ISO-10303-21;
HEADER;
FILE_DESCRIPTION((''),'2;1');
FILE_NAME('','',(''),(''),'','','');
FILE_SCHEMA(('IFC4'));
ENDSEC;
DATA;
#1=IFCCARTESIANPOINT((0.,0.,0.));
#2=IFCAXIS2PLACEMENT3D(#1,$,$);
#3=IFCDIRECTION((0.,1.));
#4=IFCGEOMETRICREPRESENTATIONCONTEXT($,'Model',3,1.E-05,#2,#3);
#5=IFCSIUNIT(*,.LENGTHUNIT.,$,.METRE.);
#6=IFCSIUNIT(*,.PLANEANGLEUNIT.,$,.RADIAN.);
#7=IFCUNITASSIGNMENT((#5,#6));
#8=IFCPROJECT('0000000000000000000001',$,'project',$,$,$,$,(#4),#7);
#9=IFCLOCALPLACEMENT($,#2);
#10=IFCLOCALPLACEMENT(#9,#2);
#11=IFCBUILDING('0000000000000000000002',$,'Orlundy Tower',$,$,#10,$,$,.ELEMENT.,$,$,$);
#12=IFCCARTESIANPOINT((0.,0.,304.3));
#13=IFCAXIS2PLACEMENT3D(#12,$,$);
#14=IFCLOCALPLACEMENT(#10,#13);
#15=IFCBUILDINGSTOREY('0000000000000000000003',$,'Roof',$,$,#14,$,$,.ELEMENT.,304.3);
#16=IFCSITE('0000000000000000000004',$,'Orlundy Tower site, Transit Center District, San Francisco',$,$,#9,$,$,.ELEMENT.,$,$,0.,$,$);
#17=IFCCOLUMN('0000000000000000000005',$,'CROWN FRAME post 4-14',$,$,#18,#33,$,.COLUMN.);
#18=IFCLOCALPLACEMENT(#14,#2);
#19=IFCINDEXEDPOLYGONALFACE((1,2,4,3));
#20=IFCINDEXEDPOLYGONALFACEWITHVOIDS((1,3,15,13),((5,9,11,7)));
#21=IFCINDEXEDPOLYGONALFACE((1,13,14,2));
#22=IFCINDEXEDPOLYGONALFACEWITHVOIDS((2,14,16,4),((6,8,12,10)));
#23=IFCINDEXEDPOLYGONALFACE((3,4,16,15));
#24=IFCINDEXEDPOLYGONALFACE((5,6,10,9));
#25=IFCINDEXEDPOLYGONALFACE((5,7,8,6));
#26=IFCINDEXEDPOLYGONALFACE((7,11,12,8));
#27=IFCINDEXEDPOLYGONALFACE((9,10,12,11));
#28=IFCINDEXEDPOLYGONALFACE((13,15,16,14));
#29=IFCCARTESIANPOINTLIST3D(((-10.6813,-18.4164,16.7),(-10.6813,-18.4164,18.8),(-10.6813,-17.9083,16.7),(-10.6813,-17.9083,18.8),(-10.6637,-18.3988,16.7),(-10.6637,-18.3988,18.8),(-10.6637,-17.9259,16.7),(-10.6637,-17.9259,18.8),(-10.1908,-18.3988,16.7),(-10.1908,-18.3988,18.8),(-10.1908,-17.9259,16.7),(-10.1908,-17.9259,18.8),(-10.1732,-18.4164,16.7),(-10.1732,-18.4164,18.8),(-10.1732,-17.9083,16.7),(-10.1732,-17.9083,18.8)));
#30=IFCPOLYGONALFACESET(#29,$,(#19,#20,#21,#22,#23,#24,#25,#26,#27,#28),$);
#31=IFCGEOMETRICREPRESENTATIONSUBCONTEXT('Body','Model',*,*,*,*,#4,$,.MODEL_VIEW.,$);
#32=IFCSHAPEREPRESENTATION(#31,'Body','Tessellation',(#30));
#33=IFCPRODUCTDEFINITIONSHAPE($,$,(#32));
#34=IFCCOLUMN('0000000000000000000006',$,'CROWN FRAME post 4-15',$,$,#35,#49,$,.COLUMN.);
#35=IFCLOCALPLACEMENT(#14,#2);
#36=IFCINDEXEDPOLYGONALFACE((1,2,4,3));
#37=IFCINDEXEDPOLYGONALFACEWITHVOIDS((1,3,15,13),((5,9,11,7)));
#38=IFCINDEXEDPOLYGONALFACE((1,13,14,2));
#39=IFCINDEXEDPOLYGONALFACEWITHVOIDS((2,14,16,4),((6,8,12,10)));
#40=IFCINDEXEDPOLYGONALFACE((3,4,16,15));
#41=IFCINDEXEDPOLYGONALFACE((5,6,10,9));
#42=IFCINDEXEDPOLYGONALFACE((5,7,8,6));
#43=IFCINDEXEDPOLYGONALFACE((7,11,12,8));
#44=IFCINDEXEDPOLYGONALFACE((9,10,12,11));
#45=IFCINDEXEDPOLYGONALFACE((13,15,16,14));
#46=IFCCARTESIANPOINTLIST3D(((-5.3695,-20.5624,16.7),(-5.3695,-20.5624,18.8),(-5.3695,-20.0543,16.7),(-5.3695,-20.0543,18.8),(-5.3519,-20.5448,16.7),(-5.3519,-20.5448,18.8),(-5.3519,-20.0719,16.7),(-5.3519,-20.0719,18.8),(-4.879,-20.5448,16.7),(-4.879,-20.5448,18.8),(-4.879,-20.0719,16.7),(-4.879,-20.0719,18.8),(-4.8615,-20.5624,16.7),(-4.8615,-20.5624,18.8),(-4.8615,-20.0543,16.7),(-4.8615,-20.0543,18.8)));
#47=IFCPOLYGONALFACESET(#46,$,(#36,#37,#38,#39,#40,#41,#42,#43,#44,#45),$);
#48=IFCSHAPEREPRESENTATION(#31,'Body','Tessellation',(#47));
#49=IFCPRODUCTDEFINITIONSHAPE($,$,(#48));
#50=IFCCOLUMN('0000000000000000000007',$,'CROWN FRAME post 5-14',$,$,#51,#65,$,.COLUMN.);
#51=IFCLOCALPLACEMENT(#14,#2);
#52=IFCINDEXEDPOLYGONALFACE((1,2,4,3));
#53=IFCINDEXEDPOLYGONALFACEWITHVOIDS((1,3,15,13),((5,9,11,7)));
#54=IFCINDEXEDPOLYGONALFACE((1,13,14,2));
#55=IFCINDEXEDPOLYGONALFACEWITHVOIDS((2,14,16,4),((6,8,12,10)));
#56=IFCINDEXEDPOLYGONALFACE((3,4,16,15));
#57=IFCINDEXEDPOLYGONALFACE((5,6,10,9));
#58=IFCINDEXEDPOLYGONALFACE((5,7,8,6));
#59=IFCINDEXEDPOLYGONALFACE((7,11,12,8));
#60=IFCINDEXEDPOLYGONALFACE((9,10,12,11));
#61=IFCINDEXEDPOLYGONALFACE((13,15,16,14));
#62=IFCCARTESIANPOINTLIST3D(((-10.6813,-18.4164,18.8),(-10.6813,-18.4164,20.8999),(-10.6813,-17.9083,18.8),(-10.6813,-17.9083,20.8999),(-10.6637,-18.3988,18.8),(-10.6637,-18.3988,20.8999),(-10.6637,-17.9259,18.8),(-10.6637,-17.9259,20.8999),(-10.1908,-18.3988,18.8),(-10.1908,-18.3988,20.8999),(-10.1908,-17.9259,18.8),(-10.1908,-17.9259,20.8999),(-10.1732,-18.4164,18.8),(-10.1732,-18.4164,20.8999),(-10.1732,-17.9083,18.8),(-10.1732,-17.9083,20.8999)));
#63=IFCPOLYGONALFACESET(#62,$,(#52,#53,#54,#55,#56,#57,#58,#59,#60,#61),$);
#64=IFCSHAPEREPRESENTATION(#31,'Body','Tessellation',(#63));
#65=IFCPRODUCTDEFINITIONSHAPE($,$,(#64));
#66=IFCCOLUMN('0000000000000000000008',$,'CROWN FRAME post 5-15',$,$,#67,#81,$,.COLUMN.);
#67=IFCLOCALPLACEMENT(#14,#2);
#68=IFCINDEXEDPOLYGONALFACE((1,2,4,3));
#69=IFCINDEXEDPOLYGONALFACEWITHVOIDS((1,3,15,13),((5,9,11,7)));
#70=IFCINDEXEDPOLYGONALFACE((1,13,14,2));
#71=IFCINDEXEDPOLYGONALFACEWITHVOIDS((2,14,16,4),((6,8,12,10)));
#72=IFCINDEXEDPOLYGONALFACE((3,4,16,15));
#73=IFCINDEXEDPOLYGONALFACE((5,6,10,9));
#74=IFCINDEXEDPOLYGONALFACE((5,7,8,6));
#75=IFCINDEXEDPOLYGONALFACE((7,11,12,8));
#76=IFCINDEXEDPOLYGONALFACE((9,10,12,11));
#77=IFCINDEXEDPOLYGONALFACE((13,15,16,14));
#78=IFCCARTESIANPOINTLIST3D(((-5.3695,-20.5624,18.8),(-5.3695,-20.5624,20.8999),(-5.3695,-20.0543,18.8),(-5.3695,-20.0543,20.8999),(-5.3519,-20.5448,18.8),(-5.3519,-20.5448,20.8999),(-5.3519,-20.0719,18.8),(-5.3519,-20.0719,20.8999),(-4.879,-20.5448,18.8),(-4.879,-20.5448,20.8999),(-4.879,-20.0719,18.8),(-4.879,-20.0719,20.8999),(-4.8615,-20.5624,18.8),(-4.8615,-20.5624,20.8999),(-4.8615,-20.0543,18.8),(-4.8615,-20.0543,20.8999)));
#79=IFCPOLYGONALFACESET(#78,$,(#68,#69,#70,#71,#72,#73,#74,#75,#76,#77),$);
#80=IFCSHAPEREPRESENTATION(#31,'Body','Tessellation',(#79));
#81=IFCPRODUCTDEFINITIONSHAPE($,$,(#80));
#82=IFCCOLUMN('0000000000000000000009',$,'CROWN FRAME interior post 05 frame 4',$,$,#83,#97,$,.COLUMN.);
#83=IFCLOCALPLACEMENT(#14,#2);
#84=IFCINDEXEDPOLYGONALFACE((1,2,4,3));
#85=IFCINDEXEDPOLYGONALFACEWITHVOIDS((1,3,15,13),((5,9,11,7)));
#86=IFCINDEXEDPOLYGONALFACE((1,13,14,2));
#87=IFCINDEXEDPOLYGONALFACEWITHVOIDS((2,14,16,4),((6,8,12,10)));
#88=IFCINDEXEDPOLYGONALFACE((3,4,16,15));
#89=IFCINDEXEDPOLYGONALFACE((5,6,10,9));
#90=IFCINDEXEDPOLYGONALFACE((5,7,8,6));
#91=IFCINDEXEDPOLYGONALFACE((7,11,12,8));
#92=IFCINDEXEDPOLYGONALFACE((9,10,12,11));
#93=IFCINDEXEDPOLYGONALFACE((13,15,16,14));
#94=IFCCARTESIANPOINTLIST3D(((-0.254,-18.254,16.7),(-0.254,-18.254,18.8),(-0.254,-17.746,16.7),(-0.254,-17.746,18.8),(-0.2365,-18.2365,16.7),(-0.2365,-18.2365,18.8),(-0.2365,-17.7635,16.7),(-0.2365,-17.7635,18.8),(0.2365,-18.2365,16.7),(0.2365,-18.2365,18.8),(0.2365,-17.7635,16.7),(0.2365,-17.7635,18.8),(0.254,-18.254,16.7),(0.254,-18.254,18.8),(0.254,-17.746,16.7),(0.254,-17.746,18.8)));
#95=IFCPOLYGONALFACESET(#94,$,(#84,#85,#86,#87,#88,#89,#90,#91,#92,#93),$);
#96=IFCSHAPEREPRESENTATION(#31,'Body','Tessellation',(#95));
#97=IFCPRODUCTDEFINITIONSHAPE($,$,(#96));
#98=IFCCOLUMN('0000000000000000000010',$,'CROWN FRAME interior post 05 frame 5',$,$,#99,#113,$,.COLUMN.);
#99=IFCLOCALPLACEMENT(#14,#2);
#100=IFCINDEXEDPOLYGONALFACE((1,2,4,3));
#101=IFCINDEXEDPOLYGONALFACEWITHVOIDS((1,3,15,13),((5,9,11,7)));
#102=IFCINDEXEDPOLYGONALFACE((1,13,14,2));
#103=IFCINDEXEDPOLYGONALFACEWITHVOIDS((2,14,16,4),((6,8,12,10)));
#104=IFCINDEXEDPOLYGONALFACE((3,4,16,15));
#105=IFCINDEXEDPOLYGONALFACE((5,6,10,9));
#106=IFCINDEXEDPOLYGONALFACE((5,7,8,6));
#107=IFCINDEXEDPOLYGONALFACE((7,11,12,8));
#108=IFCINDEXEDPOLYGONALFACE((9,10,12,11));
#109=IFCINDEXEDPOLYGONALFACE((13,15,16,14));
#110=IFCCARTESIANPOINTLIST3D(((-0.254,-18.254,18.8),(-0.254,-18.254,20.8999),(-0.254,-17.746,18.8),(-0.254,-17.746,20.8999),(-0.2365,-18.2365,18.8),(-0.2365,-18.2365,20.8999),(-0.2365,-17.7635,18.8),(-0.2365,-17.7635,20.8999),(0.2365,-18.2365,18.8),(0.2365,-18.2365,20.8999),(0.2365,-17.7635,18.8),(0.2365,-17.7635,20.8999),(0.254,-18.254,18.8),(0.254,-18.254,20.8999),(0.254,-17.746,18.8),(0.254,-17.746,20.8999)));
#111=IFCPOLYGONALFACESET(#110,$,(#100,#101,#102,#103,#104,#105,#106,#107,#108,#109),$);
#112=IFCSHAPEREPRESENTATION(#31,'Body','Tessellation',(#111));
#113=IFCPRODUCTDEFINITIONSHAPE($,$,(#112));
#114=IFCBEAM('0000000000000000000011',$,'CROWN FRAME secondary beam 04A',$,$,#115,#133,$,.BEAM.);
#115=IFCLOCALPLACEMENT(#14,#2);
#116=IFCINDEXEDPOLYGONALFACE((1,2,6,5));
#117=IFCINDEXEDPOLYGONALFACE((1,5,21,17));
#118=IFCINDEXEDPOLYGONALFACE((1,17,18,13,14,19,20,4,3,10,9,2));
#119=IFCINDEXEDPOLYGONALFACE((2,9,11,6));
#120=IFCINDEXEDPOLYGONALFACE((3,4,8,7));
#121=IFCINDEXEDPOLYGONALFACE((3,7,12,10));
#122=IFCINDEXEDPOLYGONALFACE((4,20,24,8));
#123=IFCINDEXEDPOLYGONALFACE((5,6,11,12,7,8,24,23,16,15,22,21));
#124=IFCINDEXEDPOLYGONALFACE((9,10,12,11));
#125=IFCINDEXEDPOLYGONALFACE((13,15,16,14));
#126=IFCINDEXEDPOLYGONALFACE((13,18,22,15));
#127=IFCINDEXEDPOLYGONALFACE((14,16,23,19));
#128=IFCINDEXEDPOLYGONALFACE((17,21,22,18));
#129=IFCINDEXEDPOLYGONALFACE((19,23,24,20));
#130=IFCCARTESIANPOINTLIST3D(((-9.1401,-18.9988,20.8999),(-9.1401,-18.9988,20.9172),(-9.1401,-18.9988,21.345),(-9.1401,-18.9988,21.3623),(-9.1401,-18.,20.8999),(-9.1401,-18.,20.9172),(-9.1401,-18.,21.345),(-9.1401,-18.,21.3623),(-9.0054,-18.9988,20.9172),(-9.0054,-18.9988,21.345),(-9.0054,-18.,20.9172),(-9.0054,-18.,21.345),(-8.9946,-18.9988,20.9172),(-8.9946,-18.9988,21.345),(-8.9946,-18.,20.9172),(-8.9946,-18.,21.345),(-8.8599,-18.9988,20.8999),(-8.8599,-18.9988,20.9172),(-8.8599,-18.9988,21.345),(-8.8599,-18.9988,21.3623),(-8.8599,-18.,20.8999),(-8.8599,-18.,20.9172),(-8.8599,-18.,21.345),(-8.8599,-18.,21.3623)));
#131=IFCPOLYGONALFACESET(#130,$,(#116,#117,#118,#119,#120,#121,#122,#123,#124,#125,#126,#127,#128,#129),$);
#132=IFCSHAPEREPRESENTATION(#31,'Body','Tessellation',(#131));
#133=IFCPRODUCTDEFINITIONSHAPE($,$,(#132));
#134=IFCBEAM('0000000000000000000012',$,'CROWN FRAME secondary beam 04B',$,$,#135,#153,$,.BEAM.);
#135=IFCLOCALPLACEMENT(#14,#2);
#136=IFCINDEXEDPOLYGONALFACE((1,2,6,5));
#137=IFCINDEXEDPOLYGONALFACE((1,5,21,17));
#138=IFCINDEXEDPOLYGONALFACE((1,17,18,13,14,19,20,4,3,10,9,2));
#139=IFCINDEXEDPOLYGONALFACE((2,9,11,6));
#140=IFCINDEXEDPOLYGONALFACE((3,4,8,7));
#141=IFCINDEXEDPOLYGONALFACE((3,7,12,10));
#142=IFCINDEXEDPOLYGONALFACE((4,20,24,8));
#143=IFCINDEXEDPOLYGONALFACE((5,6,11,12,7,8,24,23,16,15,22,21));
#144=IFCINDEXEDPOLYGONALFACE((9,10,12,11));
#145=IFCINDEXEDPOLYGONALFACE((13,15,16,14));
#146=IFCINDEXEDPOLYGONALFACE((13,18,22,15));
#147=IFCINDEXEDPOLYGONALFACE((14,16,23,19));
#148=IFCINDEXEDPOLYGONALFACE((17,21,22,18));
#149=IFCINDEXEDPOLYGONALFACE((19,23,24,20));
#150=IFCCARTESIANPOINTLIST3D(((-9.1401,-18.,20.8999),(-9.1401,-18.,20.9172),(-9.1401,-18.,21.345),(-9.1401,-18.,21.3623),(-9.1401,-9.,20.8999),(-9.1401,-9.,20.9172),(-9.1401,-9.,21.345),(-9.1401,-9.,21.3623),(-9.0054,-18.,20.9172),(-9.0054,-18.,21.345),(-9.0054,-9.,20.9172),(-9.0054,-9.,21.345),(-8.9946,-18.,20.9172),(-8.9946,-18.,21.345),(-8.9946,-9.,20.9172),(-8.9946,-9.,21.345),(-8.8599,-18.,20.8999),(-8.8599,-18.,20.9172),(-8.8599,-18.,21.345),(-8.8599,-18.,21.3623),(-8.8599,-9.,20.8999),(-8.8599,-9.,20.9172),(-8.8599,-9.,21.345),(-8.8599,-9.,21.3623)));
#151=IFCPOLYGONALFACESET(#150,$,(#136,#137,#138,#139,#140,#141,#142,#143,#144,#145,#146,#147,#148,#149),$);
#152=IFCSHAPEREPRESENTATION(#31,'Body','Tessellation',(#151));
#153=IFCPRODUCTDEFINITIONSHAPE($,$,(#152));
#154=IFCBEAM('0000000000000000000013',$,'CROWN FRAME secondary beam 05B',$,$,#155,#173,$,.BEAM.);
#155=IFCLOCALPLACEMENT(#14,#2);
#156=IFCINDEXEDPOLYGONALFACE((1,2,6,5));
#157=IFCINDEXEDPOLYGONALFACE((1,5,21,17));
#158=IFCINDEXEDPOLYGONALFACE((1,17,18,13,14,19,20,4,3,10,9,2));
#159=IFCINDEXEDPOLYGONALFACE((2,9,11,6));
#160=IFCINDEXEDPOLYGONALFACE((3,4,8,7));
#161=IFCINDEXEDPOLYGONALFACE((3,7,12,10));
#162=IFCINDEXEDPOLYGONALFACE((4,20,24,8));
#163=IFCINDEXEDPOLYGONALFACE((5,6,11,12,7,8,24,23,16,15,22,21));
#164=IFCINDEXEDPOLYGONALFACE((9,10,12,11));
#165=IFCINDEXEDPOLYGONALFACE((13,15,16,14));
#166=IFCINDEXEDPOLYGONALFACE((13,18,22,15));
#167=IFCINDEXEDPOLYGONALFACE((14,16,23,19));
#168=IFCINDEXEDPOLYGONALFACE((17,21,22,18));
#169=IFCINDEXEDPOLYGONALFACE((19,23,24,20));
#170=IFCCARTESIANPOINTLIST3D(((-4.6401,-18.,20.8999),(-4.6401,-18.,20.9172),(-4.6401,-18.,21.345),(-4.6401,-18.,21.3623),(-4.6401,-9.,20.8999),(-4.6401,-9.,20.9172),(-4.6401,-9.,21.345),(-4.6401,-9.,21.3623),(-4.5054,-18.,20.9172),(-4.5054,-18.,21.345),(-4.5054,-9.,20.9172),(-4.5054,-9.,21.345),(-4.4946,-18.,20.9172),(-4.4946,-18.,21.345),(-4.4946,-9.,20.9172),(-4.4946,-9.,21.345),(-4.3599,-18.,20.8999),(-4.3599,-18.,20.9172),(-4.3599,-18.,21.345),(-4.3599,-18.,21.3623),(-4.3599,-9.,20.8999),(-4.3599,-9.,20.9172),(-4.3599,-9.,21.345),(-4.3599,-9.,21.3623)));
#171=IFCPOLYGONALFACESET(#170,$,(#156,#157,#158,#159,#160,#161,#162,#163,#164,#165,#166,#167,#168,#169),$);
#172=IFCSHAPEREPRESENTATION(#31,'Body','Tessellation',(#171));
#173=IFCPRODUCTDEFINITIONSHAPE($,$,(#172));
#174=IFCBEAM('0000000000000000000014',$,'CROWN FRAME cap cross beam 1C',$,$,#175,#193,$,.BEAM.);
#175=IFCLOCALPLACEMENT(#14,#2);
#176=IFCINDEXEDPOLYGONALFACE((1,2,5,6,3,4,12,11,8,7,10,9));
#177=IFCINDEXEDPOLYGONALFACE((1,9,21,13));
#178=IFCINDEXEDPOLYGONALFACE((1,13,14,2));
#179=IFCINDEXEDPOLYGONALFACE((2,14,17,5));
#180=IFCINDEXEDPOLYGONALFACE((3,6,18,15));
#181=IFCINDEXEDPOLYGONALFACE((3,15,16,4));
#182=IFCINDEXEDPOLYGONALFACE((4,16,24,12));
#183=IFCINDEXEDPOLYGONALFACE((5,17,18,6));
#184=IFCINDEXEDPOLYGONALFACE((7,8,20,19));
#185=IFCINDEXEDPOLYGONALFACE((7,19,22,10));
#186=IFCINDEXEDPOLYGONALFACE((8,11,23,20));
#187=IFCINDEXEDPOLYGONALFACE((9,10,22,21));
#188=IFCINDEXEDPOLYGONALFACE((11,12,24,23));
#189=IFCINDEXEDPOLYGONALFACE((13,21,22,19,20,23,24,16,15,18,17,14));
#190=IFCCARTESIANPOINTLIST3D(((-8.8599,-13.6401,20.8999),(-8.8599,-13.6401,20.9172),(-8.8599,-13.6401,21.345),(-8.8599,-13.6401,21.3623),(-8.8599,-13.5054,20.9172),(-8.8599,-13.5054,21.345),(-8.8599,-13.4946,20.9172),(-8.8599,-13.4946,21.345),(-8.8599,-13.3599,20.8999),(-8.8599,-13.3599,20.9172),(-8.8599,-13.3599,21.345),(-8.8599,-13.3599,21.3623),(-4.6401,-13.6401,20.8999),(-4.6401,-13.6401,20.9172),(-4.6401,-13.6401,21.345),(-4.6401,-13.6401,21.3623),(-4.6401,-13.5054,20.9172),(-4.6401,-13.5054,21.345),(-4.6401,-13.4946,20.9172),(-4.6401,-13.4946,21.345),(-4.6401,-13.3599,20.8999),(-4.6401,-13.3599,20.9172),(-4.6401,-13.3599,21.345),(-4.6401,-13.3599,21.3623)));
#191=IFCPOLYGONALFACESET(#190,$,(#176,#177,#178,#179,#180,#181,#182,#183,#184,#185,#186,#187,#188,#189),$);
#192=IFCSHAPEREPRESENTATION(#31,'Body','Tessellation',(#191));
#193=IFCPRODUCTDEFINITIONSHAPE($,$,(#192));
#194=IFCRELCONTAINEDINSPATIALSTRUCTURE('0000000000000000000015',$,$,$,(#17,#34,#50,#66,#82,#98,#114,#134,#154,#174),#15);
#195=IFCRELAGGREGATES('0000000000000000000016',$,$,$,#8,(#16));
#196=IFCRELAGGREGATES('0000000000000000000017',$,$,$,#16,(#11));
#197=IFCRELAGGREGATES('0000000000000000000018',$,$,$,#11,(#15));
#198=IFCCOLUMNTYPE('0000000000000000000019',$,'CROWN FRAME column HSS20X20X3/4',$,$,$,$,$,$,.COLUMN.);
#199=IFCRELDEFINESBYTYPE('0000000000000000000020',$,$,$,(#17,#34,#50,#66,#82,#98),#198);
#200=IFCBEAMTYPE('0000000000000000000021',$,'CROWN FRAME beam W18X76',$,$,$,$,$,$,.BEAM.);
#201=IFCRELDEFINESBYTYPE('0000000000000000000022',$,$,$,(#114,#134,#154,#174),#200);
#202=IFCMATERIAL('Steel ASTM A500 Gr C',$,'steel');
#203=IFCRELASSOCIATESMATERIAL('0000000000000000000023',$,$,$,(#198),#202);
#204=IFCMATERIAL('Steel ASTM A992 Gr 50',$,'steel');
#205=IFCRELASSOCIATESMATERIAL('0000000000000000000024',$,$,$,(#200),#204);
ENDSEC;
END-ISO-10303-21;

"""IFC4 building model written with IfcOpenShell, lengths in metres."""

from ifc_helpers import new_model, si_unit, direction, frame, origin, origin_2d, place, context, subcontext, project, spatial, hollow_rectangle, i_section, extrude, material, material_profile, profile_set, type_object, element, save


model = new_model("IFC4")

# Units and contexts
model_context = context("Model", 3, precision=1e-05, world=origin(), true_north=direction((0.0, 1.0)))
body_context = subcontext(model_context, "Body", "Model", "MODEL_VIEW")
ifc_project = project(units=[si_unit("LENGTHUNIT", "METRE"), si_unit("PLANEANGLEUNIT", "RADIAN")], contexts=[model_context])

# Site, building, storey
site_placement = place(None, origin())
site = spatial("IfcSite", under=ifc_project, at=site_placement, Name="Orlundy Tower site, Transit Center District, San Francisco", CompositionType="ELEMENT", RefElevation=0.0)
building_placement = place(site_placement, origin())
building = spatial("IfcBuilding", under=site, at=building_placement, Name="Orlundy Tower", CompositionType="ELEMENT")
storey_placement = place(building_placement, frame((0.0, 0.0, 304.3)))
storey = spatial("IfcBuildingStorey", under=building, at=storey_placement, Name="Roof", CompositionType="ELEMENT", Elevation=304.3)

# Columns
ifc_material_1 = material(Name="Steel ASTM A500 Gr C", Category="steel")
ifc_material_profile_1 = material_profile(ifc_material_1, hollow_rectangle(XDim=0.5081, YDim=0.5081, WallThickness=0.0176, at=origin_2d()), Name="HSS20X20X3/4")
ifc_profile_set_1 = profile_set([ifc_material_profile_1], Name="Steel ASTM A500 Gr C")
column_type = type_object("IfcColumnType", Name="CROWN FRAME column HSS20X20X3/4", PredefinedType="COLUMN", material=ifc_profile_set_1)
for number, where, z_axis, x_axis, name in (
    (1, (-10.4272, -18.1624, 16.7), (0.0, 0.0, 1.0), (1.0, 0.0, 0.0), "CROWN FRAME post 4-14"),
    (2, (-5.1155, -20.3083, 16.7), (0.0, 0.0, 1.0), (1.0, 0.0, 0.0), "CROWN FRAME post 4-15"),
):
    element("IfcColumn", number, at=place(storey_placement, frame(where, z_axis=z_axis, x_axis=x_axis)), inside=storey, type_object=column_type, Name=name, PredefinedType="COLUMN", context=body_context, shape_type="SweptSolid", body=[
        extrude(hollow_rectangle(XDim=0.5081, YDim=0.5081, WallThickness=0.0176, at=origin_2d()), origin(), (0.0, 0.0, 1.0), 2.1001),
    ])
for number, where, z_axis, x_axis, name in (
    (3, (-10.4272, -18.1624, 18.8), (0.0, 0.0, 1.0), (1.0, 0.0, 0.0), "CROWN FRAME post 5-14"),
    (4, (-5.1155, -20.3083, 18.8), (0.0, 0.0, 1.0), (1.0, 0.0, 0.0), "CROWN FRAME post 5-15"),
):
    element("IfcColumn", number, at=place(storey_placement, frame(where, z_axis=z_axis, x_axis=x_axis)), inside=storey, type_object=column_type, Name=name, PredefinedType="COLUMN", context=body_context, shape_type="SweptSolid", body=[
        extrude(hollow_rectangle(XDim=0.5081, YDim=0.5081, WallThickness=0.0176, at=origin_2d()), origin(), (0.0, 0.0, 1.0), 2.0999),
    ])
column_1_placement = place(storey_placement, frame((0.0, -18.0, 16.7), z_axis=(0.0, 0.0, 1.0), x_axis=(1.0, 0.0, 0.0)))
element("IfcColumn", 5, at=column_1_placement, inside=storey, type_object=column_type, Name="CROWN FRAME interior post 05 frame 4", PredefinedType="COLUMN", context=body_context, shape_type="SweptSolid", body=[
    extrude(hollow_rectangle(XDim=0.5081, YDim=0.5081, WallThickness=0.0176, at=origin_2d()), origin(), (0.0, 0.0, 1.0), 2.1001),
])
column_2_placement = place(storey_placement, frame((0.0, -18.0, 18.8), z_axis=(0.0, 0.0, 1.0), x_axis=(1.0, 0.0, 0.0)))
element("IfcColumn", 6, at=column_2_placement, inside=storey, type_object=column_type, Name="CROWN FRAME interior post 05 frame 5", PredefinedType="COLUMN", context=body_context, shape_type="SweptSolid", body=[
    extrude(hollow_rectangle(XDim=0.5081, YDim=0.5081, WallThickness=0.0176, at=origin_2d()), origin(), (0.0, 0.0, 1.0), 2.0999),
])

# Beams
ifc_material_2 = material(Name="Steel ASTM A992 Gr 50", Category="steel")
ifc_material_profile_2 = material_profile(ifc_material_2, i_section(OverallWidth=0.2803, OverallDepth=0.4624, WebThickness=0.0107, FlangeThickness=0.0173, at=origin_2d()), Name="W18X76")
ifc_profile_set_2 = profile_set([ifc_material_profile_2], Name="Steel ASTM A992 Gr 50")
beam_type = type_object("IfcBeamType", Name="CROWN FRAME beam W18X76", PredefinedType="BEAM", material=ifc_profile_set_2)
beam_placement = place(storey_placement, frame((-9.0, -18.9988, 21.1311), z_axis=(0.0, 1.0, 0.0), x_axis=(-1.0, 0.0, 0.0)))
element("IfcBeam", 7, at=beam_placement, inside=storey, type_object=beam_type, Name="CROWN FRAME secondary beam 04A", PredefinedType="BEAM", context=body_context, shape_type="SweptSolid", body=[
    extrude(i_section(OverallWidth=0.2803, OverallDepth=0.4624, WebThickness=0.0107, FlangeThickness=0.0173, at=origin_2d()), origin(), (0.0, 0.0, 1.0), 0.9988),
])
for number, where, z_axis, x_axis, name in (
    (8, (-9.0, -18.0, 21.1311), (0.0, 1.0, 0.0), (-1.0, 0.0, 0.0), "CROWN FRAME secondary beam 04B"),
    (9, (-4.5, -18.0, 21.1311), (0.0, 1.0, 0.0), (-1.0, 0.0, 0.0), "CROWN FRAME secondary beam 05B"),
):
    element("IfcBeam", number, at=place(storey_placement, frame(where, z_axis=z_axis, x_axis=x_axis)), inside=storey, type_object=beam_type, Name=name, PredefinedType="BEAM", context=body_context, shape_type="SweptSolid", body=[
        extrude(i_section(OverallWidth=0.2803, OverallDepth=0.4624, WebThickness=0.0107, FlangeThickness=0.0173, at=origin_2d()), origin(), (0.0, 0.0, 1.0), 9.0),
    ])
for number, where, z_axis, x_axis, name in (
    (10, (-8.8599, -13.5, 21.1311), (1.0, 0.0, 0.0), (0.0, 1.0, 0.0), "CROWN FRAME cap cross beam 1C"),
):
    element("IfcBeam", number, at=place(storey_placement, frame(where, z_axis=z_axis, x_axis=x_axis)), inside=storey, type_object=beam_type, Name=name, PredefinedType="BEAM", context=body_context, shape_type="SweptSolid", body=[
        extrude(i_section(OverallWidth=0.2803, OverallDepth=0.4624, WebThickness=0.0107, FlangeThickness=0.0173, at=origin_2d()), origin(), (0.0, 0.0, 1.0), 4.2197),
    ])

save(model, "model.ifc")
